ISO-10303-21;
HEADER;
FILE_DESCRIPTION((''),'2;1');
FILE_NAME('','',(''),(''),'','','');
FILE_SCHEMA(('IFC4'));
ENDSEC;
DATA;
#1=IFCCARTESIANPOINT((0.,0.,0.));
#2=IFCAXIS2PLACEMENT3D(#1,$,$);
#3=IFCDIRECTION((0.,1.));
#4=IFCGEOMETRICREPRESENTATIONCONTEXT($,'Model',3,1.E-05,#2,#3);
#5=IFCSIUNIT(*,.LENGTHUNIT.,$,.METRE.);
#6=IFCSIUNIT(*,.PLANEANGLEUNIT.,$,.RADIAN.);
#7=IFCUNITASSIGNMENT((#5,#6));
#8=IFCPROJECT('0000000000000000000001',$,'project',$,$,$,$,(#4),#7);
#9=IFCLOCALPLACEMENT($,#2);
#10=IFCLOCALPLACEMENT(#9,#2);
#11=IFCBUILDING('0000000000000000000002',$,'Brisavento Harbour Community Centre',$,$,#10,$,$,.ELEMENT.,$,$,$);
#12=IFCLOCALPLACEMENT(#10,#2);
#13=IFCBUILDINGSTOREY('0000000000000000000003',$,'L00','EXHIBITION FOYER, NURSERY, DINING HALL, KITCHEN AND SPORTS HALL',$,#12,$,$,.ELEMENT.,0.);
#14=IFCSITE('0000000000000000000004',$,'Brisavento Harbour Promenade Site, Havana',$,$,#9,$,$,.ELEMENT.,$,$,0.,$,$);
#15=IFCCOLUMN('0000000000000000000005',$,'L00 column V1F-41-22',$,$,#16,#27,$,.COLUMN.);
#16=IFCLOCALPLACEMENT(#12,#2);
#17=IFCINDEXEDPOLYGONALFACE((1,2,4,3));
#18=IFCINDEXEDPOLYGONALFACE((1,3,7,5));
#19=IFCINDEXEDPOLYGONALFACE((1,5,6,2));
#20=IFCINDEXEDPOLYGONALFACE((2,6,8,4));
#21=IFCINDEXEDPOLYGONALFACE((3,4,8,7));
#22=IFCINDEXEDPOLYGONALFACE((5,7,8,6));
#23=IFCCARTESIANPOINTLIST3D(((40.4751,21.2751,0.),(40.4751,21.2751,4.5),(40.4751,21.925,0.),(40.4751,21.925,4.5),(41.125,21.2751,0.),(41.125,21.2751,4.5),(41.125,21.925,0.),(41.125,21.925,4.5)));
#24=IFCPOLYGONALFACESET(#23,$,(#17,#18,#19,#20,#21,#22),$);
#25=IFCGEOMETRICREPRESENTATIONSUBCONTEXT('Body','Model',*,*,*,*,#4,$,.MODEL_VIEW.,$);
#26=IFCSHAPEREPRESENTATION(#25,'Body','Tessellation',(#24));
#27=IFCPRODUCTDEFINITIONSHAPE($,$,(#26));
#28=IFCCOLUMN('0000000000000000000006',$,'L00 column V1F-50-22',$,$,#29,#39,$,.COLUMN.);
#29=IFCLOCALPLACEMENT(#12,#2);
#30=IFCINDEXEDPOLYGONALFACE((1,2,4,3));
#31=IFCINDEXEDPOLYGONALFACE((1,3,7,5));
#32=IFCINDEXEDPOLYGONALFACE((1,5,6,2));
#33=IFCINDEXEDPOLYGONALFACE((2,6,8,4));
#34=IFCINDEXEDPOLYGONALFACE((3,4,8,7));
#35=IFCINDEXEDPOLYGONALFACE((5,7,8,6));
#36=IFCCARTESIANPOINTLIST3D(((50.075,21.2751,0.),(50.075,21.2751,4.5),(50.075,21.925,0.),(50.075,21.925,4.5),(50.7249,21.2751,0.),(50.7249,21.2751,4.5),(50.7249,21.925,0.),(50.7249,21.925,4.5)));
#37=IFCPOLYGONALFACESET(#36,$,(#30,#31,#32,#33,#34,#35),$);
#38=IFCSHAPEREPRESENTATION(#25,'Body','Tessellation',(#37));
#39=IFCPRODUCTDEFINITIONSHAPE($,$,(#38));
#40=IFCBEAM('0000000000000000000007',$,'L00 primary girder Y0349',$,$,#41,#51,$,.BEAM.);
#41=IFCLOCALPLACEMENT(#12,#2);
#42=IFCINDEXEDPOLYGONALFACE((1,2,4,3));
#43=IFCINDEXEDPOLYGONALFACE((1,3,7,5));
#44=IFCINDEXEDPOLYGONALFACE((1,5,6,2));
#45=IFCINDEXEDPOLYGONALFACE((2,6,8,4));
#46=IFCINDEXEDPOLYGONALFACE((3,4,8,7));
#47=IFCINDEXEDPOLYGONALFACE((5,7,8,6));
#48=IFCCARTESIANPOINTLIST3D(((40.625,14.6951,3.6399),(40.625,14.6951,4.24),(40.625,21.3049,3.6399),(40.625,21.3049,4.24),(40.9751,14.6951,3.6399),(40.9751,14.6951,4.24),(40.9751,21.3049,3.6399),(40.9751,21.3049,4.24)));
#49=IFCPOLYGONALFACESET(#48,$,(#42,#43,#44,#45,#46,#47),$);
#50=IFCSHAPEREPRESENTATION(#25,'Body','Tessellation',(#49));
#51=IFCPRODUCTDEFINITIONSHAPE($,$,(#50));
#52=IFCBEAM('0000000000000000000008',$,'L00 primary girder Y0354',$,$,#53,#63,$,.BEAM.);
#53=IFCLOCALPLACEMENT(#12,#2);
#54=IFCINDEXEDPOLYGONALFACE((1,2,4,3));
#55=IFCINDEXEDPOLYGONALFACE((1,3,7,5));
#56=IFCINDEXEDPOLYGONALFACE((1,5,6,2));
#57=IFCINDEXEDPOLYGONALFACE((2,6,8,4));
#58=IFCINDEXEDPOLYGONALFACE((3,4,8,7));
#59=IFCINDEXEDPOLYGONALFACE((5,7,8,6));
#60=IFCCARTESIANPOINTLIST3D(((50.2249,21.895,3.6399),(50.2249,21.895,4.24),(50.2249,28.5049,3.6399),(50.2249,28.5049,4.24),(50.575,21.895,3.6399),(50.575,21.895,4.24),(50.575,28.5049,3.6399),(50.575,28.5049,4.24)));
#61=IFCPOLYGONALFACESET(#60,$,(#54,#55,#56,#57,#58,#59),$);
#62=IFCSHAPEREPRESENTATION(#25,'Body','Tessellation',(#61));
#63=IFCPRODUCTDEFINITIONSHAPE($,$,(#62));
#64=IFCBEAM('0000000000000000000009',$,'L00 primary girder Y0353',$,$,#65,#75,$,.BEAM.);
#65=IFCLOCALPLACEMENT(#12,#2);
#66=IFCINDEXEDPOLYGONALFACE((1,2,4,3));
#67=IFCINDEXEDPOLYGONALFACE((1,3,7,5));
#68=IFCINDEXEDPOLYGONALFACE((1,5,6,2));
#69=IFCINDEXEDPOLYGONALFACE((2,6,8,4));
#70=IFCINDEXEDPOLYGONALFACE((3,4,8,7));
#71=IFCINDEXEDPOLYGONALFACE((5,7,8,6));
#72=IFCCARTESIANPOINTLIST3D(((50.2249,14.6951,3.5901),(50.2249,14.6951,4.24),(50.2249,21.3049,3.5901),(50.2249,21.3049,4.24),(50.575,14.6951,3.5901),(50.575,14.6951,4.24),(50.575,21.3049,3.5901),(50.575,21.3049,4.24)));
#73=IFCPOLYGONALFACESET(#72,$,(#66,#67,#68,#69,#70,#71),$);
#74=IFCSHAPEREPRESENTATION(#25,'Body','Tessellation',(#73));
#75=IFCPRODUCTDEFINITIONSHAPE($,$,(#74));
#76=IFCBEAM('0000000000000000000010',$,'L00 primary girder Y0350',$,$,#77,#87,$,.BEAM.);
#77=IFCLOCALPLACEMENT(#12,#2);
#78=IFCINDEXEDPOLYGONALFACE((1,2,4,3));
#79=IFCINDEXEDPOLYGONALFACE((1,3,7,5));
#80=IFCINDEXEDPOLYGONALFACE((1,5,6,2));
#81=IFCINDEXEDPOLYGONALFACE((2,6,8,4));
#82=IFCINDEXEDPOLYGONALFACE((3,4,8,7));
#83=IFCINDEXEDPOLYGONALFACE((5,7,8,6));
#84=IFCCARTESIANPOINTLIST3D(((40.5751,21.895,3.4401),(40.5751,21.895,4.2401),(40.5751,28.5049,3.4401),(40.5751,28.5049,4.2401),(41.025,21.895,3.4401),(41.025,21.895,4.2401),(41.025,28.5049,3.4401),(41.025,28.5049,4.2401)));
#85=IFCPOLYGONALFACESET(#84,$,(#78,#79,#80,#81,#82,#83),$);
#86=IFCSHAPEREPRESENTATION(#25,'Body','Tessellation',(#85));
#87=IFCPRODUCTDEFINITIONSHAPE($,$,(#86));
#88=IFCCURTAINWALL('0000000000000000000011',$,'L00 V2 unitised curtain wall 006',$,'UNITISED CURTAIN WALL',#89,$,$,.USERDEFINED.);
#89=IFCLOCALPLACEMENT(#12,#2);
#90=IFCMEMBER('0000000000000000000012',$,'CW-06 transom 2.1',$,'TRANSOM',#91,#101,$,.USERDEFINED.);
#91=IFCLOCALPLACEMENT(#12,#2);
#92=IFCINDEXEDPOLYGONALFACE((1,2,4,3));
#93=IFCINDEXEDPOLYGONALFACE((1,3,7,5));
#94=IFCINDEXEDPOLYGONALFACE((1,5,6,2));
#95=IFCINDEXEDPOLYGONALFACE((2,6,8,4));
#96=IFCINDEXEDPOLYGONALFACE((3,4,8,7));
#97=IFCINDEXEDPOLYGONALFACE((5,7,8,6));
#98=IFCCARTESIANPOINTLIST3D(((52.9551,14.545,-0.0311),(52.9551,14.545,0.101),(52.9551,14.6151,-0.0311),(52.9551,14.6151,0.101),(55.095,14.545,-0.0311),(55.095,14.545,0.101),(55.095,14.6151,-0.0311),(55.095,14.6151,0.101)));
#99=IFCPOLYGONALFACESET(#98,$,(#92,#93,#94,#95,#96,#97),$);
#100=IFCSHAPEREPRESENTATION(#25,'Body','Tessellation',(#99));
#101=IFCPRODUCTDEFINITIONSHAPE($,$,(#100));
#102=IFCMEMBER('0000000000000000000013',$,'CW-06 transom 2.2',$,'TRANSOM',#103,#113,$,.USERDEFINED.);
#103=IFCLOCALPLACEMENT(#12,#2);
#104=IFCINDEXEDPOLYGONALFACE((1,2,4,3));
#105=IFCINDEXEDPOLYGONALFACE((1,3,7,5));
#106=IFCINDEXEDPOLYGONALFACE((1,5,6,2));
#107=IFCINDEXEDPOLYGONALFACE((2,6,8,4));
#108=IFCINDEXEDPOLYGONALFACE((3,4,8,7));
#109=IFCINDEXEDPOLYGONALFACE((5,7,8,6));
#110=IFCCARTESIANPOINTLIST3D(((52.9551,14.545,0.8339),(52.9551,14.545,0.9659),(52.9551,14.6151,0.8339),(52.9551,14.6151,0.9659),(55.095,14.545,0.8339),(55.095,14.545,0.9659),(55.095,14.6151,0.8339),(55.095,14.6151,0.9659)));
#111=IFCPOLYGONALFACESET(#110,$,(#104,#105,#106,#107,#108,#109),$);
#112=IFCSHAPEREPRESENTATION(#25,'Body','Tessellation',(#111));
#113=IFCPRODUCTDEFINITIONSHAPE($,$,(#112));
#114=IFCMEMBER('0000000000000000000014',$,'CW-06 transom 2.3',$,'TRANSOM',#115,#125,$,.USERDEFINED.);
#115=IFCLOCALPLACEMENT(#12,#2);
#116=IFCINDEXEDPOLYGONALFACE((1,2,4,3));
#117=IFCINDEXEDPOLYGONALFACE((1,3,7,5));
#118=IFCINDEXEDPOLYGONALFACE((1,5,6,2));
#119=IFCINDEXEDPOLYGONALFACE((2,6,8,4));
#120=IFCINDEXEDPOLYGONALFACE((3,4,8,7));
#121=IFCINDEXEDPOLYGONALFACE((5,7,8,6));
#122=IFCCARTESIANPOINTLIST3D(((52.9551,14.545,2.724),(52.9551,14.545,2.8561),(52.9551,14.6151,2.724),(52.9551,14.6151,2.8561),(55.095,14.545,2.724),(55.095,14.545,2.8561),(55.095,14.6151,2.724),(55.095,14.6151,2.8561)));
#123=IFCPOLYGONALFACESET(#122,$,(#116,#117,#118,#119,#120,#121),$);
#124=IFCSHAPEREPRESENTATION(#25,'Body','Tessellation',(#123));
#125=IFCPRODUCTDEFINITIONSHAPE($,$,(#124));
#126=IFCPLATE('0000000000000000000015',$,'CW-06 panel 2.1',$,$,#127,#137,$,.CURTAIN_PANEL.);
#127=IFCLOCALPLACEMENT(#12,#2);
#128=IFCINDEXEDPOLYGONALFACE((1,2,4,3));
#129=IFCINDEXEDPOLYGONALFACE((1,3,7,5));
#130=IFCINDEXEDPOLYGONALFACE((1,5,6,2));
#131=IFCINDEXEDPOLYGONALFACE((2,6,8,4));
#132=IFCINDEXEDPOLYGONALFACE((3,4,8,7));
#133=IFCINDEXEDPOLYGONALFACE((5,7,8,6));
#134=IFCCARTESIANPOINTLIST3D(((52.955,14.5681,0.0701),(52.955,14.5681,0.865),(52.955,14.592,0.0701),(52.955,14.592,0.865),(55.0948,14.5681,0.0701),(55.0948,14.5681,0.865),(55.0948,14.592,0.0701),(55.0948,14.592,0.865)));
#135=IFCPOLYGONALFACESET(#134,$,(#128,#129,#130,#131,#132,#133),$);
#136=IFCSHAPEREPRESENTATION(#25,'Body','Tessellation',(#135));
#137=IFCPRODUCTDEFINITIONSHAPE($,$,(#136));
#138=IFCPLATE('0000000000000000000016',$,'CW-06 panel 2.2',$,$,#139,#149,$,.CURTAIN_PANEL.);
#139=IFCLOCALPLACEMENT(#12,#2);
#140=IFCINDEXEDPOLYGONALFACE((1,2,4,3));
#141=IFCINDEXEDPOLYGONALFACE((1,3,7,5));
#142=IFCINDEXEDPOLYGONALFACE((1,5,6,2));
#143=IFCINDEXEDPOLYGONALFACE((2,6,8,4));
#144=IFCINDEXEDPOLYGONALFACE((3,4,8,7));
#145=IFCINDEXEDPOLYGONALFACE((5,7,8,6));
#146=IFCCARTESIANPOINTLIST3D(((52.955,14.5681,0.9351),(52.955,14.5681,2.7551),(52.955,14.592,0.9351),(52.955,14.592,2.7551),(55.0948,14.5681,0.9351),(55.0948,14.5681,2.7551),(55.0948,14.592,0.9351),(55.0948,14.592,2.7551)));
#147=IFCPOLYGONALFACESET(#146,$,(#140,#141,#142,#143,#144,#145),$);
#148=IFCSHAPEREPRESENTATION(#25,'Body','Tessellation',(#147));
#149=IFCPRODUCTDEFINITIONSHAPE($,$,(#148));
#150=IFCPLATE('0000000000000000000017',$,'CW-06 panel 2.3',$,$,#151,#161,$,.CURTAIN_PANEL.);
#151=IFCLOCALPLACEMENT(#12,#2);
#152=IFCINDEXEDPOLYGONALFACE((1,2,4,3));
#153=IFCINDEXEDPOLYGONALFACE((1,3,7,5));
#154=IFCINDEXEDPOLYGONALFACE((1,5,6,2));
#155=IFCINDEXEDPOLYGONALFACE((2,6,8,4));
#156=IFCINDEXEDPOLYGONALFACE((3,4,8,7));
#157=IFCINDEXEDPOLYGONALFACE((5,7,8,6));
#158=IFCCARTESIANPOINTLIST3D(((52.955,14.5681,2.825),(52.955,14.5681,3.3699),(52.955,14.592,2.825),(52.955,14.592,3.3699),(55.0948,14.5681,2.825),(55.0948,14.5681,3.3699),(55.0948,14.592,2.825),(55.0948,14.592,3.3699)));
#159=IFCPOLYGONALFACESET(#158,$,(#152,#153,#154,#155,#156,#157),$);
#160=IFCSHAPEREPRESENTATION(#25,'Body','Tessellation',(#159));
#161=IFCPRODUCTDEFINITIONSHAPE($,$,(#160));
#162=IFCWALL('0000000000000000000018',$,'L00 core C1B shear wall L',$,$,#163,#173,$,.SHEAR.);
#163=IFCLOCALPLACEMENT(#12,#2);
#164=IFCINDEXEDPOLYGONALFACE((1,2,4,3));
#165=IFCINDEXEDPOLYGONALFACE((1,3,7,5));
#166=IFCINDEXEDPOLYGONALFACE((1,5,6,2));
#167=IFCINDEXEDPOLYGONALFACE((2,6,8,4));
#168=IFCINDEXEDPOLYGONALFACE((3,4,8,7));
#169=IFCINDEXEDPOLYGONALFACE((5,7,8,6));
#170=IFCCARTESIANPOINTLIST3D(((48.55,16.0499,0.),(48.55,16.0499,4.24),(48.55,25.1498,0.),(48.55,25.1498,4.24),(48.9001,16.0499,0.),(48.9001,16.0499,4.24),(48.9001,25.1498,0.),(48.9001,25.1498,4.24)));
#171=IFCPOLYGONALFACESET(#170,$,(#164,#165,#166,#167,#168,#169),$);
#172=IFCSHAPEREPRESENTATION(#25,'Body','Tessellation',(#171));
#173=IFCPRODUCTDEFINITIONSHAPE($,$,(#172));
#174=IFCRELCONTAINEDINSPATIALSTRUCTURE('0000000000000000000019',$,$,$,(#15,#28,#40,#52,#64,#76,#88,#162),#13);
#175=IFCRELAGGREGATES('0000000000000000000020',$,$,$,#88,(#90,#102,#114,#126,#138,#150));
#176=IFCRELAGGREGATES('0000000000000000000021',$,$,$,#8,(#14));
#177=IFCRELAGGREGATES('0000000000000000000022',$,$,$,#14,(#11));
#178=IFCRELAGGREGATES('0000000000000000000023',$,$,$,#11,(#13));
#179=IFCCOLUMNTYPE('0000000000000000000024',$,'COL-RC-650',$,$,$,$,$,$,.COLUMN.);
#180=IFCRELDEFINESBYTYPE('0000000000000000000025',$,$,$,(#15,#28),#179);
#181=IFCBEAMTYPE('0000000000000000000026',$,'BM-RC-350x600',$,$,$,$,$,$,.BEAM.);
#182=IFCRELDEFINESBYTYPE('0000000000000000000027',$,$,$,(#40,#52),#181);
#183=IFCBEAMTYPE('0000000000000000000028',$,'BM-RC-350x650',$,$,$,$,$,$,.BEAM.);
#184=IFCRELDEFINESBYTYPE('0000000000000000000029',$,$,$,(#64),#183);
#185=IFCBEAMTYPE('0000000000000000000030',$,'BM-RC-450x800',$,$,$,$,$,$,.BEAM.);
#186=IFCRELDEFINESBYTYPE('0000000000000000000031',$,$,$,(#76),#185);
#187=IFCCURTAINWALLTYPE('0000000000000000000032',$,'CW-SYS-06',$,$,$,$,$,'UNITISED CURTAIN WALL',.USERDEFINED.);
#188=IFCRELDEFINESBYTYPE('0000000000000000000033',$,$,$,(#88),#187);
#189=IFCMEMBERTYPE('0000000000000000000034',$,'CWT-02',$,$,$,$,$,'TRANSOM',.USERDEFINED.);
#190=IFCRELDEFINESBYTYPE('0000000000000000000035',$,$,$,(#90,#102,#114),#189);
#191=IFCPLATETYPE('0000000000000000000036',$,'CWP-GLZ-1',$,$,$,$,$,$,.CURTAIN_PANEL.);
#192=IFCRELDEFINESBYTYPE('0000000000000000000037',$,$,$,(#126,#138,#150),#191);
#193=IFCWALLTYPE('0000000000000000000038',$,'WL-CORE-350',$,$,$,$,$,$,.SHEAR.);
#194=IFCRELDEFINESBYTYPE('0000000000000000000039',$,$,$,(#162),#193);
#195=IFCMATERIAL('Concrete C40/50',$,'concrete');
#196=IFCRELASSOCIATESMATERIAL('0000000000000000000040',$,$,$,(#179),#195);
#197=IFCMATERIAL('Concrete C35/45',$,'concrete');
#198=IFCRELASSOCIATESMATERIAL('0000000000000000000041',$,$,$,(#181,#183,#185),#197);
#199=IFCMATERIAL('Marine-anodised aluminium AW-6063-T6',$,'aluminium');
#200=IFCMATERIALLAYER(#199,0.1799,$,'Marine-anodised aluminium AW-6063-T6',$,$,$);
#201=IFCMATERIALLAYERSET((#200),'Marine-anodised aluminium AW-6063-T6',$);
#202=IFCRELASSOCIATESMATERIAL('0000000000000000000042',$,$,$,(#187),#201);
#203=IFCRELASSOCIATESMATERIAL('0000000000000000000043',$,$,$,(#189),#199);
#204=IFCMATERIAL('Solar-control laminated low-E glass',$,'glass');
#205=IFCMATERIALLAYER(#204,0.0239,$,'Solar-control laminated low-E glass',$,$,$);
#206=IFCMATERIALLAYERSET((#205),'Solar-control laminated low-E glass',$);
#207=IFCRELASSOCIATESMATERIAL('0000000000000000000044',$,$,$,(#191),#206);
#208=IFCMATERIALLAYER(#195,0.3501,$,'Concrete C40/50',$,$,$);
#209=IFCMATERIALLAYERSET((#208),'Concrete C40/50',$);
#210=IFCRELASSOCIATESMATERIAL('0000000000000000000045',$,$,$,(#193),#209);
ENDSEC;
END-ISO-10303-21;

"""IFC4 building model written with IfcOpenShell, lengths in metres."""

from ifc_helpers import new_model, si_unit, direction, frame, frame_2d, origin, origin_2d, place, context, subcontext, project, spatial, rectangle, extrude, material, layer, layer_set, material_profile, profile_set, type_object, element, aggregate, save


model = new_model("IFC4")

# Units and contexts
model_context = context("Model", 3, precision=1e-05, world=origin(), true_north=direction((0.0, 1.0)))
body_context = subcontext(model_context, "Body", "Model", "MODEL_VIEW")
ifc_project = project(units=[si_unit("LENGTHUNIT", "METRE"), si_unit("PLANEANGLEUNIT", "RADIAN")], contexts=[model_context])

# Site, building, storey
site_placement = place(None, origin())
site = spatial("IfcSite", under=ifc_project, at=site_placement, Name="Brisavento Harbour Promenade Site, Havana", CompositionType="ELEMENT", RefElevation=0.0)
building_placement = place(site_placement, origin())
building = spatial("IfcBuilding", under=site, at=building_placement, Name="Brisavento Harbour Community Centre", CompositionType="ELEMENT")
storey_placement = place(building_placement, origin())
storey = spatial("IfcBuildingStorey", under=building, at=storey_placement, Name="L00", Description="EXHIBITION FOYER, NURSERY, DINING HALL, KITCHEN AND SPORTS HALL", CompositionType="ELEMENT", Elevation=0.0)

# Columns
ifc_material_1 = material(Name="Concrete C40/50", Category="concrete")
ifc_material_profile_1 = material_profile(ifc_material_1, rectangle(XDim=0.6499, YDim=0.6499, at=origin_2d()), Name="Concrete C40/50")
ifc_profile_set_1 = profile_set([ifc_material_profile_1], Name="Concrete C40/50")
column_type = type_object("IfcColumnType", Name="COL-RC-650", PredefinedType="COLUMN", material=ifc_profile_set_1)
for number, where, z_axis, x_axis, name in (
    (1, (40.8, 21.6001, 0.0), (0.0, 0.0, 1.0), (1.0, 0.0, 0.0), "L00 column V1F-41-22"),
    (2, (50.3999, 21.6001, 0.0), (0.0, 0.0, 1.0), (1.0, 0.0, 0.0), "L00 column V1F-50-22"),
):
    element("IfcColumn", number, at=place(storey_placement, frame(where, z_axis=z_axis, x_axis=x_axis)), inside=storey, type_object=column_type, Name=name, PredefinedType="COLUMN", context=body_context, shape_type="SweptSolid", body=[
        extrude(rectangle(XDim=0.6499, YDim=0.6499, at=origin_2d()), origin(), (0.0, 0.0, 1.0), 4.5),
    ])

# Beams
ifc_material_2 = material(Name="Concrete C35/45", Category="concrete")
ifc_material_profile_2 = material_profile(ifc_material_2, rectangle(XDim=0.3501, YDim=0.6001, at=origin_2d()), Name="Concrete C35/45")
ifc_profile_set_2 = profile_set([ifc_material_profile_2], Name="Concrete C35/45")
beam_type_1 = type_object("IfcBeamType", Name="BM-RC-350x600", PredefinedType="BEAM", material=ifc_profile_set_2)
for number, where, z_axis, x_axis, name in (
    (3, (40.8, 14.6951, 3.9399), (0.0, 1.0, 0.0), (-1.0, 0.0, 0.0), "L00 primary girder Y0349"),
    (4, (50.3999, 21.895, 3.9399), (0.0, 1.0, 0.0), (-1.0, 0.0, 0.0), "L00 primary girder Y0354"),
):
    element("IfcBeam", number, at=place(storey_placement, frame(where, z_axis=z_axis, x_axis=x_axis)), inside=storey, type_object=beam_type_1, Name=name, PredefinedType="BEAM", context=body_context, shape_type="SweptSolid", body=[
        extrude(rectangle(XDim=0.3501, YDim=0.6001, at=origin_2d()), origin(), (0.0, 0.0, 1.0), 6.6099),
    ])
ifc_material_profile_3 = material_profile(ifc_material_2, rectangle(XDim=0.3501, YDim=0.6499, at=origin_2d()), Name="Concrete C35/45")
ifc_profile_set_3 = profile_set([ifc_material_profile_3], Name="Concrete C35/45")
beam_type_2 = type_object("IfcBeamType", Name="BM-RC-350x650", PredefinedType="BEAM", material=ifc_profile_set_3)
beam_1_placement = place(storey_placement, frame((50.3999, 14.6951, 3.915), z_axis=(0.0, 1.0, 0.0), x_axis=(-1.0, 0.0, 0.0)))
element("IfcBeam", 5, at=beam_1_placement, inside=storey, type_object=beam_type_2, Name="L00 primary girder Y0353", PredefinedType="BEAM", context=body_context, shape_type="SweptSolid", body=[
    extrude(rectangle(XDim=0.3501, YDim=0.6499, at=origin_2d()), origin(), (0.0, 0.0, 1.0), 6.6099),
])
ifc_material_profile_4 = material_profile(ifc_material_2, rectangle(XDim=0.45, YDim=0.8, at=origin_2d()), Name="Concrete C35/45")
ifc_profile_set_4 = profile_set([ifc_material_profile_4], Name="Concrete C35/45")
beam_type_3 = type_object("IfcBeamType", Name="BM-RC-450x800", PredefinedType="BEAM", material=ifc_profile_set_4)
beam_2_placement = place(storey_placement, frame((40.8, 21.895, 3.8401), z_axis=(0.0, 1.0, 0.0), x_axis=(-1.0, 0.0, 0.0)))
element("IfcBeam", 6, at=beam_2_placement, inside=storey, type_object=beam_type_3, Name="L00 primary girder Y0350", PredefinedType="BEAM", context=body_context, shape_type="SweptSolid", body=[
    extrude(rectangle(XDim=0.45, YDim=0.8, at=origin_2d()), origin(), (0.0, 0.0, 1.0), 6.6099),
])

# Curtain wall, members, plates
ifc_material_3 = material(Name="Marine-anodised aluminium AW-6063-T6", Category="aluminium")
ifc_layer_1 = layer(ifc_material_3, 0.1799, Name="Marine-anodised aluminium AW-6063-T6")
ifc_layer_set_1 = layer_set([ifc_layer_1], Name="Marine-anodised aluminium AW-6063-T6")
curtain_wall_type = type_object("IfcCurtainWallType", Name="CW-SYS-06", ElementType="UNITISED CURTAIN WALL", PredefinedType="USERDEFINED", material=ifc_layer_set_1)
curtain_wall_placement = place(storey_placement, origin())
curtain_wall = element("IfcCurtainWall", 7, at=curtain_wall_placement, inside=storey, type_object=curtain_wall_type, Name="L00 V2 unitised curtain wall 006", ObjectType="UNITISED CURTAIN WALL", PredefinedType="USERDEFINED")
ifc_material_profile_5 = material_profile(ifc_material_3, rectangle(XDim=0.0701, YDim=0.1321, at=origin_2d()), Name="Marine-anodised aluminium AW-6063-T6")
ifc_profile_set_5 = profile_set([ifc_material_profile_5], Name="Marine-anodised aluminium AW-6063-T6")
member_type = type_object("IfcMemberType", Name="CWT-02", ElementType="TRANSOM", PredefinedType="USERDEFINED", material=ifc_profile_set_5)
member_1_placement = place(storey_placement, frame((55.095, 14.5801, 0.0349), z_axis=(-1.0, 0.0, 0.0), x_axis=(0.0, -1.0, 0.0)))
member_1 = element("IfcMember", 8, at=member_1_placement, type_object=member_type, Name="CW-06 transom 2.1", ObjectType="TRANSOM", PredefinedType="USERDEFINED", context=body_context, shape_type="SweptSolid", body=[
    extrude(rectangle(XDim=0.0701, YDim=0.1321, at=origin_2d()), origin(), (0.0, 0.0, 1.0), 2.1399),
])
member_2_placement = place(storey_placement, frame((55.095, 14.5801, 0.8999), z_axis=(-1.0, 0.0, 0.0), x_axis=(0.0, -1.0, 0.0)))
member_2 = element("IfcMember", 9, at=member_2_placement, type_object=member_type, Name="CW-06 transom 2.2", ObjectType="TRANSOM", PredefinedType="USERDEFINED", context=body_context, shape_type="SweptSolid", body=[
    extrude(rectangle(XDim=0.0701, YDim=0.1321, at=origin_2d()), origin(), (0.0, 0.0, 1.0), 2.1399),
])
member_3_placement = place(storey_placement, frame((55.095, 14.5801, 2.79), z_axis=(-1.0, 0.0, 0.0), x_axis=(0.0, -1.0, 0.0)))
member_3 = element("IfcMember", 10, at=member_3_placement, type_object=member_type, Name="CW-06 transom 2.3", ObjectType="TRANSOM", PredefinedType="USERDEFINED", context=body_context, shape_type="SweptSolid", body=[
    extrude(rectangle(XDim=0.0701, YDim=0.1321, at=origin_2d()), origin(), (0.0, 0.0, 1.0), 2.1399),
])
ifc_material_4 = material(Name="Solar-control laminated low-E glass", Category="glass")
ifc_layer_2 = layer(ifc_material_4, 0.0239, Name="Solar-control laminated low-E glass")
ifc_layer_set_2 = layer_set([ifc_layer_2], Name="Solar-control laminated low-E glass")
plate_type = type_object("IfcPlateType", Name="CWP-GLZ-1", PredefinedType="CURTAIN_PANEL", material=ifc_layer_set_2)
plate_1_placement = place(storey_placement, frame((54.0249, 14.5801, 0.0701), z_axis=(0.0, 0.0, 1.0), x_axis=(-1.0, 0.0, 0.0)))
plate_1 = element("IfcPlate", 11, at=plate_1_placement, type_object=plate_type, Name="CW-06 panel 2.1", PredefinedType="CURTAIN_PANEL", context=body_context, shape_type="SweptSolid", body=[
    extrude(rectangle(XDim=2.1399, YDim=0.0239, at=origin_2d()), origin(), (0.0, 0.0, 1.0), 0.7949),
])
plate_2_placement = place(storey_placement, frame((54.0249, 14.5801, 0.9351), z_axis=(0.0, 0.0, 1.0), x_axis=(-1.0, 0.0, 0.0)))
plate_2 = element("IfcPlate", 12, at=plate_2_placement, type_object=plate_type, Name="CW-06 panel 2.2", PredefinedType="CURTAIN_PANEL", context=body_context, shape_type="SweptSolid", body=[
    extrude(rectangle(XDim=2.1399, YDim=0.0239, at=origin_2d()), origin(), (0.0, 0.0, 1.0), 1.8201),
])
plate_3_placement = place(storey_placement, frame((54.0249, 14.5801, 2.825), z_axis=(0.0, 0.0, 1.0), x_axis=(-1.0, 0.0, 0.0)))
plate_3 = element("IfcPlate", 13, at=plate_3_placement, type_object=plate_type, Name="CW-06 panel 2.3", PredefinedType="CURTAIN_PANEL", context=body_context, shape_type="SweptSolid", body=[
    extrude(rectangle(XDim=2.1399, YDim=0.0239, at=origin_2d()), origin(), (0.0, 0.0, 1.0), 0.5449),
])
aggregate(curtain_wall, [member_1, member_2, member_3, plate_1, plate_2, plate_3])

# Wall
ifc_layer_3 = layer(ifc_material_1, 0.3501, Name="Concrete C40/50")
ifc_layer_set_3 = layer_set([ifc_layer_3], Name="Concrete C40/50")
wall_type_1 = type_object("IfcWallType", Name="WL-CORE-350", PredefinedType="SHEAR", material=ifc_layer_set_3)
wall_1_placement = place(storey_placement, frame((48.7251, 16.05, 0.0), z_axis=(0.0, 0.0, 1.0), x_axis=(0.0, 1.0, 0.0)))
element("IfcWall", 14, at=wall_1_placement, inside=storey, type_object=wall_type_1, Name="L00 core C1B shear wall L", PredefinedType="SHEAR", context=body_context, shape_type="SweptSolid", body=[
    extrude(rectangle(XDim=9.0999, YDim=0.3501, at=frame_2d((4.5498, 0.0))), origin(), (0.0, 0.0, 1.0), 4.24),
])

save(model, "model.ifc")
